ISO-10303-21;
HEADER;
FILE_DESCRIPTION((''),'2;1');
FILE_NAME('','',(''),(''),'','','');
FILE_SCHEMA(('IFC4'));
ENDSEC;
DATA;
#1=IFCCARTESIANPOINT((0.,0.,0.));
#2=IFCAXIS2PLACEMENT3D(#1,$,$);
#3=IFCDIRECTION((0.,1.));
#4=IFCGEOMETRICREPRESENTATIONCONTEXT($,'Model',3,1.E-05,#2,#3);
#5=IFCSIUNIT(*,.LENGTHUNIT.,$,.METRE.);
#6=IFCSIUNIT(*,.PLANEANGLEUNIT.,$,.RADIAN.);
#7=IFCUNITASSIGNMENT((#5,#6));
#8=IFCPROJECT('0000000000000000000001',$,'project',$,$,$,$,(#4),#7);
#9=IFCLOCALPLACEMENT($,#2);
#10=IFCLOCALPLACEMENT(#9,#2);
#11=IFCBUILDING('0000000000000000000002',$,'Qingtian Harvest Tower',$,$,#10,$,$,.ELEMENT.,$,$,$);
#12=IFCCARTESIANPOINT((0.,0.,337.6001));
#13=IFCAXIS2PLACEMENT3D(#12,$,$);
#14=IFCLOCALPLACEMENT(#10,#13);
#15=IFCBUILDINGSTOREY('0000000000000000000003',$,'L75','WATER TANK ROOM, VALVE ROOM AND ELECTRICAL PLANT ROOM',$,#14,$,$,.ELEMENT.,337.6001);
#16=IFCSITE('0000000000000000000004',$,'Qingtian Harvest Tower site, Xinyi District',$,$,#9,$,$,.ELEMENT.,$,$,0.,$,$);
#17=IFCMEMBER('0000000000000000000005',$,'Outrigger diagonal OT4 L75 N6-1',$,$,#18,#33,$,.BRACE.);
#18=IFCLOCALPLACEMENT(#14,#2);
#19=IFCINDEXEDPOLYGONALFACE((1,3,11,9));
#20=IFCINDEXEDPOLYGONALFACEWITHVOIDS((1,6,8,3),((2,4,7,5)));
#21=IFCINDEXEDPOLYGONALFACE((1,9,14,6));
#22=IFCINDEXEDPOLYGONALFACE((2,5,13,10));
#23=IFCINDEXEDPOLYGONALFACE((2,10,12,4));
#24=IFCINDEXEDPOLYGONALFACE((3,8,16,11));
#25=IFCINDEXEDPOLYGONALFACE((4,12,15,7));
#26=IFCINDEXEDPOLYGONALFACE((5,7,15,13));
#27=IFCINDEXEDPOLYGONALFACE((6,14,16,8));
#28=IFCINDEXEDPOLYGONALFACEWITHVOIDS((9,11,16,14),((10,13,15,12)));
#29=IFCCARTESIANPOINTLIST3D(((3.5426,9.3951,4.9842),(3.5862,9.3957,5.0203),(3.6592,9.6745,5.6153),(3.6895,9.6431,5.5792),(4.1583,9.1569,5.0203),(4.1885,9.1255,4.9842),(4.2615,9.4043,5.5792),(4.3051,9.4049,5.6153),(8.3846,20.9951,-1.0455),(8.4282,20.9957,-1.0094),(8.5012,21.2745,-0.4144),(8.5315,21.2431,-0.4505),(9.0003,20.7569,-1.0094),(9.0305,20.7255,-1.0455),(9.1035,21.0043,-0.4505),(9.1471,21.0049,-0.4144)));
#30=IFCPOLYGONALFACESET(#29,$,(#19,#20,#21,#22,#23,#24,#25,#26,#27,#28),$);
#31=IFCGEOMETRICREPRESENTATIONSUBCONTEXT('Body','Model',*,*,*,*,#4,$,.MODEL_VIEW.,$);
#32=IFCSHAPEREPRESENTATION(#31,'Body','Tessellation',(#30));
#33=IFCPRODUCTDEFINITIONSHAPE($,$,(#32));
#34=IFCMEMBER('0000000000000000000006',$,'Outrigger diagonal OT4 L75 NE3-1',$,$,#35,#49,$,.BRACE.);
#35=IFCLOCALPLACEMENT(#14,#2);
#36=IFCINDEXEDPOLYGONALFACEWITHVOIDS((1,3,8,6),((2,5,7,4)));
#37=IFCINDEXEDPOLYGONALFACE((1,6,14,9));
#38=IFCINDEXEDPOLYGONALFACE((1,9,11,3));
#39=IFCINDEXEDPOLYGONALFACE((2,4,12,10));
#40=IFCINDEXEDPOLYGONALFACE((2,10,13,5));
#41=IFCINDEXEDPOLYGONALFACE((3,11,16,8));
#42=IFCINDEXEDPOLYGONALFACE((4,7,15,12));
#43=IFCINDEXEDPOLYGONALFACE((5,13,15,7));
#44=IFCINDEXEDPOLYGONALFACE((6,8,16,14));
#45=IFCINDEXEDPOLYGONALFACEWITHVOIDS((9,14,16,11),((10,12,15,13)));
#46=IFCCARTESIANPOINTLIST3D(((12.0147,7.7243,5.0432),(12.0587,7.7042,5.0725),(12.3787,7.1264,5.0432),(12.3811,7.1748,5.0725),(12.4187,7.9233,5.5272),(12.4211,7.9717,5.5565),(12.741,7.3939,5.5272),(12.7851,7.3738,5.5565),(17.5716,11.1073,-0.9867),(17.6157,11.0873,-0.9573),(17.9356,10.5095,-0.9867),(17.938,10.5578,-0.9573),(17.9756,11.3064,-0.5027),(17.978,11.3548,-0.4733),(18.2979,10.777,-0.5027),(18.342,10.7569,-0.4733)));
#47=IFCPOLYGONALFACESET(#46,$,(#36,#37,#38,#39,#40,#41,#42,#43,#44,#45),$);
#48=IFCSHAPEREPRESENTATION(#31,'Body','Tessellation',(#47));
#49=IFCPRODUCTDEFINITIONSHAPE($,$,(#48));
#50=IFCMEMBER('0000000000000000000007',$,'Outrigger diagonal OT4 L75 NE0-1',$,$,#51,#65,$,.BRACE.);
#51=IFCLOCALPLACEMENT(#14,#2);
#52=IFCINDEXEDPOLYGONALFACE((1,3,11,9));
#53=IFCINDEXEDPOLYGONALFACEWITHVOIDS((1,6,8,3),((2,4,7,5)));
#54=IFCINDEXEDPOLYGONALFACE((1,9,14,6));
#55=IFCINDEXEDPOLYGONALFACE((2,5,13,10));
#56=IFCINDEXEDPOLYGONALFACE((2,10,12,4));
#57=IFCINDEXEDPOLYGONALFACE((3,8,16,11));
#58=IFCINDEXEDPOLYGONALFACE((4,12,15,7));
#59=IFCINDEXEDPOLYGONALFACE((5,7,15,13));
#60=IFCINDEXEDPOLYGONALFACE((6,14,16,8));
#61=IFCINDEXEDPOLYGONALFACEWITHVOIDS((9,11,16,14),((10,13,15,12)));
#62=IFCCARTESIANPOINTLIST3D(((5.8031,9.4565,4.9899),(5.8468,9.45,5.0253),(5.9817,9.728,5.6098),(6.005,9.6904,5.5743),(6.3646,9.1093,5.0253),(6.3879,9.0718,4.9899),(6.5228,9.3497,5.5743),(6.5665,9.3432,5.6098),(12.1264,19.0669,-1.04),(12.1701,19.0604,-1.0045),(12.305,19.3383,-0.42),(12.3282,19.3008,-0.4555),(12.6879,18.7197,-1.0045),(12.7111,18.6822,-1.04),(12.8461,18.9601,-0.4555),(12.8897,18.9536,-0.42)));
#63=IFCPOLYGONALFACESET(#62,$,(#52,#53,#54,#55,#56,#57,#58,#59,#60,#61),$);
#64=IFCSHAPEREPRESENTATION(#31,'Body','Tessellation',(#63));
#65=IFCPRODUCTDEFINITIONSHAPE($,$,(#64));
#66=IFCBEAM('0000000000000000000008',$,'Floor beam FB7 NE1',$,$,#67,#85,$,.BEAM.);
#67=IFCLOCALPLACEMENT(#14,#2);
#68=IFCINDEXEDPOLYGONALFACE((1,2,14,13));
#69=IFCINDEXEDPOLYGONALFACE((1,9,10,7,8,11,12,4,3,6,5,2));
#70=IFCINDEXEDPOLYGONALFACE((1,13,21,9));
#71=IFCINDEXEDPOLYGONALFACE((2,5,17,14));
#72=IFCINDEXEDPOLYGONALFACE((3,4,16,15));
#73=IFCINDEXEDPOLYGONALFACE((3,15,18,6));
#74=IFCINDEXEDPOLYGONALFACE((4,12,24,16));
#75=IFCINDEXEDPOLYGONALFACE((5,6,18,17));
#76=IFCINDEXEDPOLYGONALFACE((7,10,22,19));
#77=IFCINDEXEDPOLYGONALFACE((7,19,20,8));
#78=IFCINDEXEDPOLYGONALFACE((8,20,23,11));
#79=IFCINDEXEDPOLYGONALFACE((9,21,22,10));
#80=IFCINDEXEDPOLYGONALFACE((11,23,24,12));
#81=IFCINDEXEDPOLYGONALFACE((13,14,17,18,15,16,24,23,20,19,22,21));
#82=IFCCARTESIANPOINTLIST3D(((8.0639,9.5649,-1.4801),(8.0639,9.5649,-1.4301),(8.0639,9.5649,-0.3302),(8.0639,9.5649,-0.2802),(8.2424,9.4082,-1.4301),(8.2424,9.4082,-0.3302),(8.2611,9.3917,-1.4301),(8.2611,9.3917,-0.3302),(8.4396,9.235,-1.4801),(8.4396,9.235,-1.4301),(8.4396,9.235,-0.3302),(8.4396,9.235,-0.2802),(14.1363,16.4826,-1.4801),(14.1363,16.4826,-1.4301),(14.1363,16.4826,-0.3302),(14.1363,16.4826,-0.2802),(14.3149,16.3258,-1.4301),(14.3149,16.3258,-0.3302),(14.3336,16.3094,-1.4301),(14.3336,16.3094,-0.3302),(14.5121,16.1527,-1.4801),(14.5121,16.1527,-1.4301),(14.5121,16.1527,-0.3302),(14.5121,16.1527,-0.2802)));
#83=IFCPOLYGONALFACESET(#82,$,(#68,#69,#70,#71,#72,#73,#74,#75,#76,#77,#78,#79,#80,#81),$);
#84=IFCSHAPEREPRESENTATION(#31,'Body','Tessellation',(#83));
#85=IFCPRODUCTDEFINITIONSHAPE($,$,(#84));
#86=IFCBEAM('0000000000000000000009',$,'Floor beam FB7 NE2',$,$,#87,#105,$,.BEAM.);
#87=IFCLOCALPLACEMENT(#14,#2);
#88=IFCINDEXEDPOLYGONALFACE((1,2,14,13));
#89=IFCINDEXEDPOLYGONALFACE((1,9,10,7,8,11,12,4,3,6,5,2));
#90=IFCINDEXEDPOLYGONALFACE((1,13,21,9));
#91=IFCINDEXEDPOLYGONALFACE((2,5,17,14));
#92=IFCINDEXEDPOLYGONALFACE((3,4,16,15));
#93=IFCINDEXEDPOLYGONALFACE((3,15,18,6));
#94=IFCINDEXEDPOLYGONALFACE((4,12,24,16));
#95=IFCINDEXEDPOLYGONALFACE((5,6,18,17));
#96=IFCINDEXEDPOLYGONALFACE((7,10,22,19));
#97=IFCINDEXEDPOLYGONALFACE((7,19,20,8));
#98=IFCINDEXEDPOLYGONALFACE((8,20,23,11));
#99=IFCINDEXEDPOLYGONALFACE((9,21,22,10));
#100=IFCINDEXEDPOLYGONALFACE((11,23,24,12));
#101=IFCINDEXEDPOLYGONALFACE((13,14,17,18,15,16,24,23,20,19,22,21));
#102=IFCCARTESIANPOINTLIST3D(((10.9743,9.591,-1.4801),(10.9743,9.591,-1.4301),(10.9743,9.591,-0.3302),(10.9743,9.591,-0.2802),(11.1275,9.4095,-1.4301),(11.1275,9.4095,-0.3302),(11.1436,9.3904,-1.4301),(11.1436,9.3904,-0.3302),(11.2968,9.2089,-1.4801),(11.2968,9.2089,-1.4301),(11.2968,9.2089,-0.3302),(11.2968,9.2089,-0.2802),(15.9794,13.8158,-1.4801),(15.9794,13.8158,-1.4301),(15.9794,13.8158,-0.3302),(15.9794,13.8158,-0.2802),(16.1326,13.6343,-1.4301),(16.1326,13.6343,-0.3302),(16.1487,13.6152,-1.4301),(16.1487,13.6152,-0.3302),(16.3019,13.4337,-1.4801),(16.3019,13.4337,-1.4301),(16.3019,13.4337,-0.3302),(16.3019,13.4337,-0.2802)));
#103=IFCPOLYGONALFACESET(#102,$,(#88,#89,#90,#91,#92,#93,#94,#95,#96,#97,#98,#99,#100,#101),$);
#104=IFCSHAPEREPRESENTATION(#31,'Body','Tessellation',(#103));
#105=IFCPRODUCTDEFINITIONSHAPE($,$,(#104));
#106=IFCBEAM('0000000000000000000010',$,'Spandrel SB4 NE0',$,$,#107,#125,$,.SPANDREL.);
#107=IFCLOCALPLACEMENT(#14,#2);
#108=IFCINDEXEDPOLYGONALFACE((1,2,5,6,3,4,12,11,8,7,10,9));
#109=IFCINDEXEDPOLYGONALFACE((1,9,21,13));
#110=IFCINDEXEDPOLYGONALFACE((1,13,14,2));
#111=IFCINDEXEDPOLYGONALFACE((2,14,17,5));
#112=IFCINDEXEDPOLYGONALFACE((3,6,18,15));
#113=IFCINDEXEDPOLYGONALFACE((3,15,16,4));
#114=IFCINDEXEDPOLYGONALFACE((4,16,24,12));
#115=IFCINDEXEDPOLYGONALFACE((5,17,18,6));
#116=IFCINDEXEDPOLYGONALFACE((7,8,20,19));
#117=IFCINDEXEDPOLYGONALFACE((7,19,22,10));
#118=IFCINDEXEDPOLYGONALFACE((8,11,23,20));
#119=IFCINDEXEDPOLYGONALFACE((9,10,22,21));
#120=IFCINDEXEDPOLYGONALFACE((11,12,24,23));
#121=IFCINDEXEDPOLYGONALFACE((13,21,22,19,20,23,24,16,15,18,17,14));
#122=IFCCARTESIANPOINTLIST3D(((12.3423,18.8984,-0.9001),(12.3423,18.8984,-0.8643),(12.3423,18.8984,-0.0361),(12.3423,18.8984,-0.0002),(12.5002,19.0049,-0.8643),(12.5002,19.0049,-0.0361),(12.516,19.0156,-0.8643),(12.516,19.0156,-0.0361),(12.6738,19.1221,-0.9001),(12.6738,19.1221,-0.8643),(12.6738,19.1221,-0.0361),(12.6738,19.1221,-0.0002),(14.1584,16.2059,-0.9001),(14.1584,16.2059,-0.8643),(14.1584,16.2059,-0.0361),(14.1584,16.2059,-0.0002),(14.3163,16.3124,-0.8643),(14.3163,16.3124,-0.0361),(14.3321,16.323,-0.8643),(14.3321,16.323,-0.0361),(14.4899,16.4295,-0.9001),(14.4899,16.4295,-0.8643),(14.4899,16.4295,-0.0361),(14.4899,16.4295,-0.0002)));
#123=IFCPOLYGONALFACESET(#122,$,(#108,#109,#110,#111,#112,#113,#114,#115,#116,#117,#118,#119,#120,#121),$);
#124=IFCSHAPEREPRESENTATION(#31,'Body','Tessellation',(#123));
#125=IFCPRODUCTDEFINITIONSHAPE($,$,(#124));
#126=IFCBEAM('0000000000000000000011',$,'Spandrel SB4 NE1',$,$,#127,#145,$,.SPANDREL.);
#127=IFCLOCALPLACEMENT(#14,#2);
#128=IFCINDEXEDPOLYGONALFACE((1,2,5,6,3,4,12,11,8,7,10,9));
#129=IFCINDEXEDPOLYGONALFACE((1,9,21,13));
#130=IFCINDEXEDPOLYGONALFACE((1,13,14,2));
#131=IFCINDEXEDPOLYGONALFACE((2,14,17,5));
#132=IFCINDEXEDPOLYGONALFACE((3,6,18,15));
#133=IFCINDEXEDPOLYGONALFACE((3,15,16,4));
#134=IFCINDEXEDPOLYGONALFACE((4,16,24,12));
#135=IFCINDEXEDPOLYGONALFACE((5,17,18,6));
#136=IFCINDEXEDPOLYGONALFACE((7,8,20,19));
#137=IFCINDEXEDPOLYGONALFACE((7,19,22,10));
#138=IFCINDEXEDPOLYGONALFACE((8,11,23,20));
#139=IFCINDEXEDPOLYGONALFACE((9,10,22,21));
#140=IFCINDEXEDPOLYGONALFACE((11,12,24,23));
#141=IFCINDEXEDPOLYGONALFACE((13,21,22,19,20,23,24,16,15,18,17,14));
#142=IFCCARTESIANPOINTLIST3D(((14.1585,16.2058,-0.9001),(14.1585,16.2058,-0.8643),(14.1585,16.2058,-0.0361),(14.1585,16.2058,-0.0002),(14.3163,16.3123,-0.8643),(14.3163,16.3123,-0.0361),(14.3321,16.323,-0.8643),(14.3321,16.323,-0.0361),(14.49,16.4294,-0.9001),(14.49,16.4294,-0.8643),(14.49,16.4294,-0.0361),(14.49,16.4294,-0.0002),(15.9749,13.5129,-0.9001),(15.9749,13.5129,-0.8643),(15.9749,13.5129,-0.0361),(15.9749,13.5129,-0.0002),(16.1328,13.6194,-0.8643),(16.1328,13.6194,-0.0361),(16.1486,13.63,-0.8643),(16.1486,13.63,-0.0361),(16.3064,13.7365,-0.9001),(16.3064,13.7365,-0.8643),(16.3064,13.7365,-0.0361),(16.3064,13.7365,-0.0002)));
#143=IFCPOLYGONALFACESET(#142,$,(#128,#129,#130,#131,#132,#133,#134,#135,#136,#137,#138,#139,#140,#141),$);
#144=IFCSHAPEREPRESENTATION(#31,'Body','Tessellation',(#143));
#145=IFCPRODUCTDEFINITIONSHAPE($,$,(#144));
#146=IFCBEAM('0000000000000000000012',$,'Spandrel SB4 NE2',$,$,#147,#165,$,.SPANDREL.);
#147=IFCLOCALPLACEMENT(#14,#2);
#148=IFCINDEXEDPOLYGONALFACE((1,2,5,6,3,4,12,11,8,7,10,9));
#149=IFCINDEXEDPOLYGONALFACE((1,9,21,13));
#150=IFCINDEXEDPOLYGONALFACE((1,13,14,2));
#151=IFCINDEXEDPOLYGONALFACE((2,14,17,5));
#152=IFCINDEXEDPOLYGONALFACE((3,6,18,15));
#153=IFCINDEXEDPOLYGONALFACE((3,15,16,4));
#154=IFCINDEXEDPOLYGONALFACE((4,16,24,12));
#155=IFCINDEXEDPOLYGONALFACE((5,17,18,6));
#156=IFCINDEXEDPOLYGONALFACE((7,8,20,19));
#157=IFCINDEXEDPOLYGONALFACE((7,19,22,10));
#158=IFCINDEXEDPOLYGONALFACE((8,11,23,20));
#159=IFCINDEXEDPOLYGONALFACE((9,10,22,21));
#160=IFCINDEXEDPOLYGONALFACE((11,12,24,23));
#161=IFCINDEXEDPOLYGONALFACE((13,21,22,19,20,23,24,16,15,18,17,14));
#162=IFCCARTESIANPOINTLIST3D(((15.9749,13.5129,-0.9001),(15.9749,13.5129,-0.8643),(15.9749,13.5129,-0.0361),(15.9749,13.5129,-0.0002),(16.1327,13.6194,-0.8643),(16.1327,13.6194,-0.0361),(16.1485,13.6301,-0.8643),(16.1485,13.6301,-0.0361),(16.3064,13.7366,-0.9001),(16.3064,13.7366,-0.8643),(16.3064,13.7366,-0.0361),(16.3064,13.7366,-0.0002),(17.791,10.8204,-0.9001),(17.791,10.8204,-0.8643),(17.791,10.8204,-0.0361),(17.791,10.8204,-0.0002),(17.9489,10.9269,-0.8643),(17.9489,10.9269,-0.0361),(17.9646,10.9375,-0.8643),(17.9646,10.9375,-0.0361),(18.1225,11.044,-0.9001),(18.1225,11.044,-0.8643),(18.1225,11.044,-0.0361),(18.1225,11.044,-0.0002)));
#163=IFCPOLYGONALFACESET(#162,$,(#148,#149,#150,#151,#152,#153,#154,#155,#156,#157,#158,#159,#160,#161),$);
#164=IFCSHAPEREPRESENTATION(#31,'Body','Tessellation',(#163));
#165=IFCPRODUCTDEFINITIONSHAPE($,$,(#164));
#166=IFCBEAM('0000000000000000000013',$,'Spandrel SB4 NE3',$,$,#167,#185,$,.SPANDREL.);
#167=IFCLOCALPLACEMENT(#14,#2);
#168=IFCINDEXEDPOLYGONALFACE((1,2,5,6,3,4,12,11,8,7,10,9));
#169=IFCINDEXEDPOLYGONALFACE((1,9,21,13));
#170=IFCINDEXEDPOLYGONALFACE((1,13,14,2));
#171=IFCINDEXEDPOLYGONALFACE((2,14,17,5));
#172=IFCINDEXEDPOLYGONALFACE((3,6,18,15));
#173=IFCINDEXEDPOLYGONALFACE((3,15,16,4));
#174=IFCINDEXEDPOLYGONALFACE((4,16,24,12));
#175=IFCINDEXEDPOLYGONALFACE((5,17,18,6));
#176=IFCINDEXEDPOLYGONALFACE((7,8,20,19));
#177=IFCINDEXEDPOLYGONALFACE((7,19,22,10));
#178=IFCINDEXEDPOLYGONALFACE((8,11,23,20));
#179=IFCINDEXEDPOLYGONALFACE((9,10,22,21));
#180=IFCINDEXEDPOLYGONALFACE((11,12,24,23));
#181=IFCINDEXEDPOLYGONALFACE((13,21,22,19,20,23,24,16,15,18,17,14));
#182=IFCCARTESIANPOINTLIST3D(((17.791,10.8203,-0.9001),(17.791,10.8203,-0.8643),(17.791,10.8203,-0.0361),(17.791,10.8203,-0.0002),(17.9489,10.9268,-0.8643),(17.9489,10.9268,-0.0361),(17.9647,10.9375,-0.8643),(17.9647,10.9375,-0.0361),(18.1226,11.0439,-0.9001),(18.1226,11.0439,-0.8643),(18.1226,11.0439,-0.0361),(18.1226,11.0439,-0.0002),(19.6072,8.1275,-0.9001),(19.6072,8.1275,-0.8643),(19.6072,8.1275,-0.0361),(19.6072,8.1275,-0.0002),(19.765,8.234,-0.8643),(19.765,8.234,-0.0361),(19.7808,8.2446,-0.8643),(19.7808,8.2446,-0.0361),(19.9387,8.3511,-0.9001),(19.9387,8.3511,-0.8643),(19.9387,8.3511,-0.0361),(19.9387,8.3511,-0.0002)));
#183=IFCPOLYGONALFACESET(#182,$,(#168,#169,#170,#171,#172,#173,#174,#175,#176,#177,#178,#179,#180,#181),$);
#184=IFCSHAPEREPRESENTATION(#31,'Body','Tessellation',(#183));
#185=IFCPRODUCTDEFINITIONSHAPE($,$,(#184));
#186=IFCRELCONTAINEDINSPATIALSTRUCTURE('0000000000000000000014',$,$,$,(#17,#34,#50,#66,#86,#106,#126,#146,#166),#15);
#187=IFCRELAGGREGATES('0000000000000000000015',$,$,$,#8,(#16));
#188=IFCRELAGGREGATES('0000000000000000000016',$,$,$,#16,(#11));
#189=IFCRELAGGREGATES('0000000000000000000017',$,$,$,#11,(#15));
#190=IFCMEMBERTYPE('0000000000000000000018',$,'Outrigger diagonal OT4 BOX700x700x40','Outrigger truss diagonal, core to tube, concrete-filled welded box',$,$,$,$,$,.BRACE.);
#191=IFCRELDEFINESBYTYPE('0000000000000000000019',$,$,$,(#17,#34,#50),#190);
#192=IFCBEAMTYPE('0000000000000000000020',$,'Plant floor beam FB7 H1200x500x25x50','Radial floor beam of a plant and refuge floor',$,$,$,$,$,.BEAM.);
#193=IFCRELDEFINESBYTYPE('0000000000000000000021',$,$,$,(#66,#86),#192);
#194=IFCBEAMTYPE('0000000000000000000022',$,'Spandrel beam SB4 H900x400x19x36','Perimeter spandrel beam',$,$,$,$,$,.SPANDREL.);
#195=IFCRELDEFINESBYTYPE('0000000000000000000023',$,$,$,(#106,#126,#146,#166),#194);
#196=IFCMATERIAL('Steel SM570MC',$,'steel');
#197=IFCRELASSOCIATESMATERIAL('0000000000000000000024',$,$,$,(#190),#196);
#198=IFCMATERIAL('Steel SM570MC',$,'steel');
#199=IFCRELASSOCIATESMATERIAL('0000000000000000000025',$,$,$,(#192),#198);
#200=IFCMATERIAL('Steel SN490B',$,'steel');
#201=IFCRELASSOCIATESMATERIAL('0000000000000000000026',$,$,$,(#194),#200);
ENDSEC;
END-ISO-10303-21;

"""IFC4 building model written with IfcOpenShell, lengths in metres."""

from ifc_helpers import new_model, si_unit, direction, frame, origin, origin_2d, place, context, subcontext, project, spatial, hollow_rectangle, i_section, extrude, material, material_profile, profile_set, type_object, element, save


model = new_model("IFC4")

# Units and contexts
model_context = context("Model", 3, precision=1e-05, world=origin(), true_north=direction((0.0, 1.0)))
body_context = subcontext(model_context, "Body", "Model", "MODEL_VIEW")
ifc_project = project(units=[si_unit("LENGTHUNIT", "METRE"), si_unit("PLANEANGLEUNIT", "RADIAN")], contexts=[model_context])

# Site, building, storey
site_placement = place(None, origin())
site = spatial("IfcSite", under=ifc_project, at=site_placement, Name="Qingtian Harvest Tower site, Xinyi District", CompositionType="ELEMENT", RefElevation=0.0)
building_placement = place(site_placement, origin())
building = spatial("IfcBuilding", under=site, at=building_placement, Name="Qingtian Harvest Tower", CompositionType="ELEMENT")
storey_placement = place(building_placement, frame((0.0, 0.0, 337.6001)))
storey = spatial("IfcBuildingStorey", under=building, at=storey_placement, Name="L75", Description="WATER TANK ROOM, VALVE ROOM AND ELECTRICAL PLANT ROOM", CompositionType="ELEMENT", Elevation=337.6001)

# Members
ifc_material_1 = material(Name="Steel SM570MC", Category="steel")
ifc_material_profile_1 = material_profile(ifc_material_1, hollow_rectangle(XDim=0.7, YDim=0.7, WallThickness=0.04, at=origin_2d()), Name="BOX700x700x40")
ifc_profile_set_1 = profile_set([ifc_material_profile_1], Name="Steel SM570MC")
member_type = type_object("IfcMemberType", Name="Outrigger diagonal OT4 BOX700x700x40", Description="Outrigger truss diagonal, core to tube, concrete-filled welded box", PredefinedType="BRACE", material=ifc_profile_set_1)
member_1_placement = place(storey_placement, frame((8.7659, 21.0, -0.73), z_axis=(-0.347311, -0.832054, 0.432506), x_axis=(0.922832, -0.385203, 0.0)))
element("IfcMember", 1, at=member_1_placement, inside=storey, type_object=member_type, Name="Outrigger diagonal OT4 L75 N6-1", PredefinedType="BRACE", context=body_context, shape_type="SweptSolid", body=[
    extrude(hollow_rectangle(XDim=0.7, YDim=0.7, WallThickness=0.04, at=origin_2d()), origin(), (0.0, 0.0, 1.0), 13.9414),
])
member_2_placement = place(storey_placement, frame((17.9568, 10.9321, -0.73), z_axis=(-0.626459, -0.381391, 0.679772), x_axis=(0.520015, -0.854157, 0.0)))
element("IfcMember", 2, at=member_2_placement, inside=storey, type_object=member_type, Name="Outrigger diagonal OT4 L75 NE3-1", PredefinedType="BRACE", context=body_context, shape_type="SweptSolid", body=[
    extrude(hollow_rectangle(XDim=0.7, YDim=0.7, WallThickness=0.04, at=origin_2d()), origin(), (0.0, 0.0, 1.0), 8.8704),
])
member_3_placement = place(storey_placement, frame((12.5081, 19.0103, -0.73), z_axis=(-0.486835, -0.739914, 0.464241), x_axis=(0.835391, -0.549655, 0.0)))
element("IfcMember", 3, at=member_3_placement, inside=storey, type_object=member_type, Name="Outrigger diagonal OT4 L75 NE0-1", PredefinedType="BRACE", context=body_context, shape_type="SweptSolid", body=[
    extrude(hollow_rectangle(XDim=0.7, YDim=0.7, WallThickness=0.04, at=origin_2d()), origin(), (0.0, 0.0, 1.0), 12.9885),
])

# Beams
ifc_material_2 = material(Name="Steel SM570MC", Category="steel")
ifc_material_profile_2 = material_profile(ifc_material_2, i_section(OverallWidth=0.5, OverallDepth=1.2, WebThickness=0.0249, FlangeThickness=0.05, at=origin_2d()), Name="H1200x500x25x50")
ifc_profile_set_2 = profile_set([ifc_material_profile_2], Name="Steel SM570MC")
beam_type_1 = type_object("IfcBeamType", Name="Plant floor beam FB7 H1200x500x25x50", Description="Radial floor beam of a plant and refuge floor", PredefinedType="BEAM", material=ifc_profile_set_2)
beam_1_placement = place(storey_placement, frame((14.3242, 16.3176, -0.8801), z_axis=(-0.659704, -0.751526, 0.0), x_axis=(0.751526, -0.659704, 0.0)))
element("IfcBeam", 4, at=beam_1_placement, inside=storey, type_object=beam_type_1, Name="Floor beam FB7 NE1", PredefinedType="BEAM", context=body_context, shape_type="SweptSolid", body=[
    extrude(i_section(OverallWidth=0.5, OverallDepth=1.2, WebThickness=0.0249, FlangeThickness=0.05, at=origin_2d()), origin(), (0.0, 0.0, 1.0), 9.2048),
])
beam_2_placement = place(storey_placement, frame((16.1406, 13.6248, -0.8801), z_axis=(-0.764158, -0.645029, 0.0), x_axis=(0.645029, -0.764158, 0.0)))
element("IfcBeam", 5, at=beam_2_placement, inside=storey, type_object=beam_type_1, Name="Floor beam FB7 NE2", PredefinedType="BEAM", context=body_context, shape_type="SweptSolid", body=[
    extrude(i_section(OverallWidth=0.5, OverallDepth=1.2, WebThickness=0.0249, FlangeThickness=0.05, at=origin_2d()), origin(), (0.0, 0.0, 1.0), 6.5498),
])
ifc_material_3 = material(Name="Steel SN490B", Category="steel")
ifc_material_profile_3 = material_profile(ifc_material_3, i_section(OverallWidth=0.3999, OverallDepth=0.8999, WebThickness=0.019, FlangeThickness=0.0359, at=origin_2d()), Name="H900x400x19x36")
ifc_profile_set_3 = profile_set([ifc_material_profile_3], Name="Steel SN490B")
beam_type_2 = type_object("IfcBeamType", Name="Spandrel beam SB4 H900x400x19x36", Description="Perimeter spandrel beam", PredefinedType="SPANDREL", material=ifc_profile_set_3)
beam_3_placement = place(storey_placement, frame((12.5081, 19.0103, -0.4502), z_axis=(0.559185, -0.829043, 0.0), x_axis=(0.829043, 0.559185, 0.0)))
element("IfcBeam", 6, at=beam_3_placement, inside=storey, type_object=beam_type_2, Name="Spandrel SB4 NE0", PredefinedType="SPANDREL", context=body_context, shape_type="SweptSolid", body=[
    extrude(i_section(OverallWidth=0.3999, OverallDepth=0.8999, WebThickness=0.019, FlangeThickness=0.0359, at=origin_2d()), origin(), (0.0, 0.0, 1.0), 3.2478),
])
beam_4_placement = place(storey_placement, frame((14.3242, 16.3176, -0.4502), z_axis=(0.559202, -0.829032, 0.0), x_axis=(0.829032, 0.559202, 0.0)))
element("IfcBeam", 7, at=beam_4_placement, inside=storey, type_object=beam_type_2, Name="Spandrel SB4 NE1", PredefinedType="SPANDREL", context=body_context, shape_type="SweptSolid", body=[
    extrude(i_section(OverallWidth=0.3999, OverallDepth=0.8999, WebThickness=0.019, FlangeThickness=0.0359, at=origin_2d()), origin(), (0.0, 0.0, 1.0), 3.2483),
])
beam_5_placement = place(storey_placement, frame((16.1406, 13.6248, -0.4502), z_axis=(0.559185, -0.829043, 0.0), x_axis=(0.829043, 0.559185, 0.0)))
element("IfcBeam", 8, at=beam_5_placement, inside=storey, type_object=beam_type_2, Name="Spandrel SB4 NE2", PredefinedType="SPANDREL", context=body_context, shape_type="SweptSolid", body=[
    extrude(i_section(OverallWidth=0.3999, OverallDepth=0.8999, WebThickness=0.019, FlangeThickness=0.0359, at=origin_2d()), origin(), (0.0, 0.0, 1.0), 3.2478),
])
beam_6_placement = place(storey_placement, frame((17.9568, 10.9321, -0.4502), z_axis=(0.55915, -0.829066, 0.0), x_axis=(0.829066, 0.55915, 0.0)))
element("IfcBeam", 9, at=beam_6_placement, inside=storey, type_object=beam_type_2, Name="Spandrel SB4 NE3", PredefinedType="SPANDREL", context=body_context, shape_type="SweptSolid", body=[
    extrude(i_section(OverallWidth=0.3999, OverallDepth=0.8999, WebThickness=0.019, FlangeThickness=0.0359, at=origin_2d()), origin(), (0.0, 0.0, 1.0), 3.248),
])

save(model, "model.ifc")
